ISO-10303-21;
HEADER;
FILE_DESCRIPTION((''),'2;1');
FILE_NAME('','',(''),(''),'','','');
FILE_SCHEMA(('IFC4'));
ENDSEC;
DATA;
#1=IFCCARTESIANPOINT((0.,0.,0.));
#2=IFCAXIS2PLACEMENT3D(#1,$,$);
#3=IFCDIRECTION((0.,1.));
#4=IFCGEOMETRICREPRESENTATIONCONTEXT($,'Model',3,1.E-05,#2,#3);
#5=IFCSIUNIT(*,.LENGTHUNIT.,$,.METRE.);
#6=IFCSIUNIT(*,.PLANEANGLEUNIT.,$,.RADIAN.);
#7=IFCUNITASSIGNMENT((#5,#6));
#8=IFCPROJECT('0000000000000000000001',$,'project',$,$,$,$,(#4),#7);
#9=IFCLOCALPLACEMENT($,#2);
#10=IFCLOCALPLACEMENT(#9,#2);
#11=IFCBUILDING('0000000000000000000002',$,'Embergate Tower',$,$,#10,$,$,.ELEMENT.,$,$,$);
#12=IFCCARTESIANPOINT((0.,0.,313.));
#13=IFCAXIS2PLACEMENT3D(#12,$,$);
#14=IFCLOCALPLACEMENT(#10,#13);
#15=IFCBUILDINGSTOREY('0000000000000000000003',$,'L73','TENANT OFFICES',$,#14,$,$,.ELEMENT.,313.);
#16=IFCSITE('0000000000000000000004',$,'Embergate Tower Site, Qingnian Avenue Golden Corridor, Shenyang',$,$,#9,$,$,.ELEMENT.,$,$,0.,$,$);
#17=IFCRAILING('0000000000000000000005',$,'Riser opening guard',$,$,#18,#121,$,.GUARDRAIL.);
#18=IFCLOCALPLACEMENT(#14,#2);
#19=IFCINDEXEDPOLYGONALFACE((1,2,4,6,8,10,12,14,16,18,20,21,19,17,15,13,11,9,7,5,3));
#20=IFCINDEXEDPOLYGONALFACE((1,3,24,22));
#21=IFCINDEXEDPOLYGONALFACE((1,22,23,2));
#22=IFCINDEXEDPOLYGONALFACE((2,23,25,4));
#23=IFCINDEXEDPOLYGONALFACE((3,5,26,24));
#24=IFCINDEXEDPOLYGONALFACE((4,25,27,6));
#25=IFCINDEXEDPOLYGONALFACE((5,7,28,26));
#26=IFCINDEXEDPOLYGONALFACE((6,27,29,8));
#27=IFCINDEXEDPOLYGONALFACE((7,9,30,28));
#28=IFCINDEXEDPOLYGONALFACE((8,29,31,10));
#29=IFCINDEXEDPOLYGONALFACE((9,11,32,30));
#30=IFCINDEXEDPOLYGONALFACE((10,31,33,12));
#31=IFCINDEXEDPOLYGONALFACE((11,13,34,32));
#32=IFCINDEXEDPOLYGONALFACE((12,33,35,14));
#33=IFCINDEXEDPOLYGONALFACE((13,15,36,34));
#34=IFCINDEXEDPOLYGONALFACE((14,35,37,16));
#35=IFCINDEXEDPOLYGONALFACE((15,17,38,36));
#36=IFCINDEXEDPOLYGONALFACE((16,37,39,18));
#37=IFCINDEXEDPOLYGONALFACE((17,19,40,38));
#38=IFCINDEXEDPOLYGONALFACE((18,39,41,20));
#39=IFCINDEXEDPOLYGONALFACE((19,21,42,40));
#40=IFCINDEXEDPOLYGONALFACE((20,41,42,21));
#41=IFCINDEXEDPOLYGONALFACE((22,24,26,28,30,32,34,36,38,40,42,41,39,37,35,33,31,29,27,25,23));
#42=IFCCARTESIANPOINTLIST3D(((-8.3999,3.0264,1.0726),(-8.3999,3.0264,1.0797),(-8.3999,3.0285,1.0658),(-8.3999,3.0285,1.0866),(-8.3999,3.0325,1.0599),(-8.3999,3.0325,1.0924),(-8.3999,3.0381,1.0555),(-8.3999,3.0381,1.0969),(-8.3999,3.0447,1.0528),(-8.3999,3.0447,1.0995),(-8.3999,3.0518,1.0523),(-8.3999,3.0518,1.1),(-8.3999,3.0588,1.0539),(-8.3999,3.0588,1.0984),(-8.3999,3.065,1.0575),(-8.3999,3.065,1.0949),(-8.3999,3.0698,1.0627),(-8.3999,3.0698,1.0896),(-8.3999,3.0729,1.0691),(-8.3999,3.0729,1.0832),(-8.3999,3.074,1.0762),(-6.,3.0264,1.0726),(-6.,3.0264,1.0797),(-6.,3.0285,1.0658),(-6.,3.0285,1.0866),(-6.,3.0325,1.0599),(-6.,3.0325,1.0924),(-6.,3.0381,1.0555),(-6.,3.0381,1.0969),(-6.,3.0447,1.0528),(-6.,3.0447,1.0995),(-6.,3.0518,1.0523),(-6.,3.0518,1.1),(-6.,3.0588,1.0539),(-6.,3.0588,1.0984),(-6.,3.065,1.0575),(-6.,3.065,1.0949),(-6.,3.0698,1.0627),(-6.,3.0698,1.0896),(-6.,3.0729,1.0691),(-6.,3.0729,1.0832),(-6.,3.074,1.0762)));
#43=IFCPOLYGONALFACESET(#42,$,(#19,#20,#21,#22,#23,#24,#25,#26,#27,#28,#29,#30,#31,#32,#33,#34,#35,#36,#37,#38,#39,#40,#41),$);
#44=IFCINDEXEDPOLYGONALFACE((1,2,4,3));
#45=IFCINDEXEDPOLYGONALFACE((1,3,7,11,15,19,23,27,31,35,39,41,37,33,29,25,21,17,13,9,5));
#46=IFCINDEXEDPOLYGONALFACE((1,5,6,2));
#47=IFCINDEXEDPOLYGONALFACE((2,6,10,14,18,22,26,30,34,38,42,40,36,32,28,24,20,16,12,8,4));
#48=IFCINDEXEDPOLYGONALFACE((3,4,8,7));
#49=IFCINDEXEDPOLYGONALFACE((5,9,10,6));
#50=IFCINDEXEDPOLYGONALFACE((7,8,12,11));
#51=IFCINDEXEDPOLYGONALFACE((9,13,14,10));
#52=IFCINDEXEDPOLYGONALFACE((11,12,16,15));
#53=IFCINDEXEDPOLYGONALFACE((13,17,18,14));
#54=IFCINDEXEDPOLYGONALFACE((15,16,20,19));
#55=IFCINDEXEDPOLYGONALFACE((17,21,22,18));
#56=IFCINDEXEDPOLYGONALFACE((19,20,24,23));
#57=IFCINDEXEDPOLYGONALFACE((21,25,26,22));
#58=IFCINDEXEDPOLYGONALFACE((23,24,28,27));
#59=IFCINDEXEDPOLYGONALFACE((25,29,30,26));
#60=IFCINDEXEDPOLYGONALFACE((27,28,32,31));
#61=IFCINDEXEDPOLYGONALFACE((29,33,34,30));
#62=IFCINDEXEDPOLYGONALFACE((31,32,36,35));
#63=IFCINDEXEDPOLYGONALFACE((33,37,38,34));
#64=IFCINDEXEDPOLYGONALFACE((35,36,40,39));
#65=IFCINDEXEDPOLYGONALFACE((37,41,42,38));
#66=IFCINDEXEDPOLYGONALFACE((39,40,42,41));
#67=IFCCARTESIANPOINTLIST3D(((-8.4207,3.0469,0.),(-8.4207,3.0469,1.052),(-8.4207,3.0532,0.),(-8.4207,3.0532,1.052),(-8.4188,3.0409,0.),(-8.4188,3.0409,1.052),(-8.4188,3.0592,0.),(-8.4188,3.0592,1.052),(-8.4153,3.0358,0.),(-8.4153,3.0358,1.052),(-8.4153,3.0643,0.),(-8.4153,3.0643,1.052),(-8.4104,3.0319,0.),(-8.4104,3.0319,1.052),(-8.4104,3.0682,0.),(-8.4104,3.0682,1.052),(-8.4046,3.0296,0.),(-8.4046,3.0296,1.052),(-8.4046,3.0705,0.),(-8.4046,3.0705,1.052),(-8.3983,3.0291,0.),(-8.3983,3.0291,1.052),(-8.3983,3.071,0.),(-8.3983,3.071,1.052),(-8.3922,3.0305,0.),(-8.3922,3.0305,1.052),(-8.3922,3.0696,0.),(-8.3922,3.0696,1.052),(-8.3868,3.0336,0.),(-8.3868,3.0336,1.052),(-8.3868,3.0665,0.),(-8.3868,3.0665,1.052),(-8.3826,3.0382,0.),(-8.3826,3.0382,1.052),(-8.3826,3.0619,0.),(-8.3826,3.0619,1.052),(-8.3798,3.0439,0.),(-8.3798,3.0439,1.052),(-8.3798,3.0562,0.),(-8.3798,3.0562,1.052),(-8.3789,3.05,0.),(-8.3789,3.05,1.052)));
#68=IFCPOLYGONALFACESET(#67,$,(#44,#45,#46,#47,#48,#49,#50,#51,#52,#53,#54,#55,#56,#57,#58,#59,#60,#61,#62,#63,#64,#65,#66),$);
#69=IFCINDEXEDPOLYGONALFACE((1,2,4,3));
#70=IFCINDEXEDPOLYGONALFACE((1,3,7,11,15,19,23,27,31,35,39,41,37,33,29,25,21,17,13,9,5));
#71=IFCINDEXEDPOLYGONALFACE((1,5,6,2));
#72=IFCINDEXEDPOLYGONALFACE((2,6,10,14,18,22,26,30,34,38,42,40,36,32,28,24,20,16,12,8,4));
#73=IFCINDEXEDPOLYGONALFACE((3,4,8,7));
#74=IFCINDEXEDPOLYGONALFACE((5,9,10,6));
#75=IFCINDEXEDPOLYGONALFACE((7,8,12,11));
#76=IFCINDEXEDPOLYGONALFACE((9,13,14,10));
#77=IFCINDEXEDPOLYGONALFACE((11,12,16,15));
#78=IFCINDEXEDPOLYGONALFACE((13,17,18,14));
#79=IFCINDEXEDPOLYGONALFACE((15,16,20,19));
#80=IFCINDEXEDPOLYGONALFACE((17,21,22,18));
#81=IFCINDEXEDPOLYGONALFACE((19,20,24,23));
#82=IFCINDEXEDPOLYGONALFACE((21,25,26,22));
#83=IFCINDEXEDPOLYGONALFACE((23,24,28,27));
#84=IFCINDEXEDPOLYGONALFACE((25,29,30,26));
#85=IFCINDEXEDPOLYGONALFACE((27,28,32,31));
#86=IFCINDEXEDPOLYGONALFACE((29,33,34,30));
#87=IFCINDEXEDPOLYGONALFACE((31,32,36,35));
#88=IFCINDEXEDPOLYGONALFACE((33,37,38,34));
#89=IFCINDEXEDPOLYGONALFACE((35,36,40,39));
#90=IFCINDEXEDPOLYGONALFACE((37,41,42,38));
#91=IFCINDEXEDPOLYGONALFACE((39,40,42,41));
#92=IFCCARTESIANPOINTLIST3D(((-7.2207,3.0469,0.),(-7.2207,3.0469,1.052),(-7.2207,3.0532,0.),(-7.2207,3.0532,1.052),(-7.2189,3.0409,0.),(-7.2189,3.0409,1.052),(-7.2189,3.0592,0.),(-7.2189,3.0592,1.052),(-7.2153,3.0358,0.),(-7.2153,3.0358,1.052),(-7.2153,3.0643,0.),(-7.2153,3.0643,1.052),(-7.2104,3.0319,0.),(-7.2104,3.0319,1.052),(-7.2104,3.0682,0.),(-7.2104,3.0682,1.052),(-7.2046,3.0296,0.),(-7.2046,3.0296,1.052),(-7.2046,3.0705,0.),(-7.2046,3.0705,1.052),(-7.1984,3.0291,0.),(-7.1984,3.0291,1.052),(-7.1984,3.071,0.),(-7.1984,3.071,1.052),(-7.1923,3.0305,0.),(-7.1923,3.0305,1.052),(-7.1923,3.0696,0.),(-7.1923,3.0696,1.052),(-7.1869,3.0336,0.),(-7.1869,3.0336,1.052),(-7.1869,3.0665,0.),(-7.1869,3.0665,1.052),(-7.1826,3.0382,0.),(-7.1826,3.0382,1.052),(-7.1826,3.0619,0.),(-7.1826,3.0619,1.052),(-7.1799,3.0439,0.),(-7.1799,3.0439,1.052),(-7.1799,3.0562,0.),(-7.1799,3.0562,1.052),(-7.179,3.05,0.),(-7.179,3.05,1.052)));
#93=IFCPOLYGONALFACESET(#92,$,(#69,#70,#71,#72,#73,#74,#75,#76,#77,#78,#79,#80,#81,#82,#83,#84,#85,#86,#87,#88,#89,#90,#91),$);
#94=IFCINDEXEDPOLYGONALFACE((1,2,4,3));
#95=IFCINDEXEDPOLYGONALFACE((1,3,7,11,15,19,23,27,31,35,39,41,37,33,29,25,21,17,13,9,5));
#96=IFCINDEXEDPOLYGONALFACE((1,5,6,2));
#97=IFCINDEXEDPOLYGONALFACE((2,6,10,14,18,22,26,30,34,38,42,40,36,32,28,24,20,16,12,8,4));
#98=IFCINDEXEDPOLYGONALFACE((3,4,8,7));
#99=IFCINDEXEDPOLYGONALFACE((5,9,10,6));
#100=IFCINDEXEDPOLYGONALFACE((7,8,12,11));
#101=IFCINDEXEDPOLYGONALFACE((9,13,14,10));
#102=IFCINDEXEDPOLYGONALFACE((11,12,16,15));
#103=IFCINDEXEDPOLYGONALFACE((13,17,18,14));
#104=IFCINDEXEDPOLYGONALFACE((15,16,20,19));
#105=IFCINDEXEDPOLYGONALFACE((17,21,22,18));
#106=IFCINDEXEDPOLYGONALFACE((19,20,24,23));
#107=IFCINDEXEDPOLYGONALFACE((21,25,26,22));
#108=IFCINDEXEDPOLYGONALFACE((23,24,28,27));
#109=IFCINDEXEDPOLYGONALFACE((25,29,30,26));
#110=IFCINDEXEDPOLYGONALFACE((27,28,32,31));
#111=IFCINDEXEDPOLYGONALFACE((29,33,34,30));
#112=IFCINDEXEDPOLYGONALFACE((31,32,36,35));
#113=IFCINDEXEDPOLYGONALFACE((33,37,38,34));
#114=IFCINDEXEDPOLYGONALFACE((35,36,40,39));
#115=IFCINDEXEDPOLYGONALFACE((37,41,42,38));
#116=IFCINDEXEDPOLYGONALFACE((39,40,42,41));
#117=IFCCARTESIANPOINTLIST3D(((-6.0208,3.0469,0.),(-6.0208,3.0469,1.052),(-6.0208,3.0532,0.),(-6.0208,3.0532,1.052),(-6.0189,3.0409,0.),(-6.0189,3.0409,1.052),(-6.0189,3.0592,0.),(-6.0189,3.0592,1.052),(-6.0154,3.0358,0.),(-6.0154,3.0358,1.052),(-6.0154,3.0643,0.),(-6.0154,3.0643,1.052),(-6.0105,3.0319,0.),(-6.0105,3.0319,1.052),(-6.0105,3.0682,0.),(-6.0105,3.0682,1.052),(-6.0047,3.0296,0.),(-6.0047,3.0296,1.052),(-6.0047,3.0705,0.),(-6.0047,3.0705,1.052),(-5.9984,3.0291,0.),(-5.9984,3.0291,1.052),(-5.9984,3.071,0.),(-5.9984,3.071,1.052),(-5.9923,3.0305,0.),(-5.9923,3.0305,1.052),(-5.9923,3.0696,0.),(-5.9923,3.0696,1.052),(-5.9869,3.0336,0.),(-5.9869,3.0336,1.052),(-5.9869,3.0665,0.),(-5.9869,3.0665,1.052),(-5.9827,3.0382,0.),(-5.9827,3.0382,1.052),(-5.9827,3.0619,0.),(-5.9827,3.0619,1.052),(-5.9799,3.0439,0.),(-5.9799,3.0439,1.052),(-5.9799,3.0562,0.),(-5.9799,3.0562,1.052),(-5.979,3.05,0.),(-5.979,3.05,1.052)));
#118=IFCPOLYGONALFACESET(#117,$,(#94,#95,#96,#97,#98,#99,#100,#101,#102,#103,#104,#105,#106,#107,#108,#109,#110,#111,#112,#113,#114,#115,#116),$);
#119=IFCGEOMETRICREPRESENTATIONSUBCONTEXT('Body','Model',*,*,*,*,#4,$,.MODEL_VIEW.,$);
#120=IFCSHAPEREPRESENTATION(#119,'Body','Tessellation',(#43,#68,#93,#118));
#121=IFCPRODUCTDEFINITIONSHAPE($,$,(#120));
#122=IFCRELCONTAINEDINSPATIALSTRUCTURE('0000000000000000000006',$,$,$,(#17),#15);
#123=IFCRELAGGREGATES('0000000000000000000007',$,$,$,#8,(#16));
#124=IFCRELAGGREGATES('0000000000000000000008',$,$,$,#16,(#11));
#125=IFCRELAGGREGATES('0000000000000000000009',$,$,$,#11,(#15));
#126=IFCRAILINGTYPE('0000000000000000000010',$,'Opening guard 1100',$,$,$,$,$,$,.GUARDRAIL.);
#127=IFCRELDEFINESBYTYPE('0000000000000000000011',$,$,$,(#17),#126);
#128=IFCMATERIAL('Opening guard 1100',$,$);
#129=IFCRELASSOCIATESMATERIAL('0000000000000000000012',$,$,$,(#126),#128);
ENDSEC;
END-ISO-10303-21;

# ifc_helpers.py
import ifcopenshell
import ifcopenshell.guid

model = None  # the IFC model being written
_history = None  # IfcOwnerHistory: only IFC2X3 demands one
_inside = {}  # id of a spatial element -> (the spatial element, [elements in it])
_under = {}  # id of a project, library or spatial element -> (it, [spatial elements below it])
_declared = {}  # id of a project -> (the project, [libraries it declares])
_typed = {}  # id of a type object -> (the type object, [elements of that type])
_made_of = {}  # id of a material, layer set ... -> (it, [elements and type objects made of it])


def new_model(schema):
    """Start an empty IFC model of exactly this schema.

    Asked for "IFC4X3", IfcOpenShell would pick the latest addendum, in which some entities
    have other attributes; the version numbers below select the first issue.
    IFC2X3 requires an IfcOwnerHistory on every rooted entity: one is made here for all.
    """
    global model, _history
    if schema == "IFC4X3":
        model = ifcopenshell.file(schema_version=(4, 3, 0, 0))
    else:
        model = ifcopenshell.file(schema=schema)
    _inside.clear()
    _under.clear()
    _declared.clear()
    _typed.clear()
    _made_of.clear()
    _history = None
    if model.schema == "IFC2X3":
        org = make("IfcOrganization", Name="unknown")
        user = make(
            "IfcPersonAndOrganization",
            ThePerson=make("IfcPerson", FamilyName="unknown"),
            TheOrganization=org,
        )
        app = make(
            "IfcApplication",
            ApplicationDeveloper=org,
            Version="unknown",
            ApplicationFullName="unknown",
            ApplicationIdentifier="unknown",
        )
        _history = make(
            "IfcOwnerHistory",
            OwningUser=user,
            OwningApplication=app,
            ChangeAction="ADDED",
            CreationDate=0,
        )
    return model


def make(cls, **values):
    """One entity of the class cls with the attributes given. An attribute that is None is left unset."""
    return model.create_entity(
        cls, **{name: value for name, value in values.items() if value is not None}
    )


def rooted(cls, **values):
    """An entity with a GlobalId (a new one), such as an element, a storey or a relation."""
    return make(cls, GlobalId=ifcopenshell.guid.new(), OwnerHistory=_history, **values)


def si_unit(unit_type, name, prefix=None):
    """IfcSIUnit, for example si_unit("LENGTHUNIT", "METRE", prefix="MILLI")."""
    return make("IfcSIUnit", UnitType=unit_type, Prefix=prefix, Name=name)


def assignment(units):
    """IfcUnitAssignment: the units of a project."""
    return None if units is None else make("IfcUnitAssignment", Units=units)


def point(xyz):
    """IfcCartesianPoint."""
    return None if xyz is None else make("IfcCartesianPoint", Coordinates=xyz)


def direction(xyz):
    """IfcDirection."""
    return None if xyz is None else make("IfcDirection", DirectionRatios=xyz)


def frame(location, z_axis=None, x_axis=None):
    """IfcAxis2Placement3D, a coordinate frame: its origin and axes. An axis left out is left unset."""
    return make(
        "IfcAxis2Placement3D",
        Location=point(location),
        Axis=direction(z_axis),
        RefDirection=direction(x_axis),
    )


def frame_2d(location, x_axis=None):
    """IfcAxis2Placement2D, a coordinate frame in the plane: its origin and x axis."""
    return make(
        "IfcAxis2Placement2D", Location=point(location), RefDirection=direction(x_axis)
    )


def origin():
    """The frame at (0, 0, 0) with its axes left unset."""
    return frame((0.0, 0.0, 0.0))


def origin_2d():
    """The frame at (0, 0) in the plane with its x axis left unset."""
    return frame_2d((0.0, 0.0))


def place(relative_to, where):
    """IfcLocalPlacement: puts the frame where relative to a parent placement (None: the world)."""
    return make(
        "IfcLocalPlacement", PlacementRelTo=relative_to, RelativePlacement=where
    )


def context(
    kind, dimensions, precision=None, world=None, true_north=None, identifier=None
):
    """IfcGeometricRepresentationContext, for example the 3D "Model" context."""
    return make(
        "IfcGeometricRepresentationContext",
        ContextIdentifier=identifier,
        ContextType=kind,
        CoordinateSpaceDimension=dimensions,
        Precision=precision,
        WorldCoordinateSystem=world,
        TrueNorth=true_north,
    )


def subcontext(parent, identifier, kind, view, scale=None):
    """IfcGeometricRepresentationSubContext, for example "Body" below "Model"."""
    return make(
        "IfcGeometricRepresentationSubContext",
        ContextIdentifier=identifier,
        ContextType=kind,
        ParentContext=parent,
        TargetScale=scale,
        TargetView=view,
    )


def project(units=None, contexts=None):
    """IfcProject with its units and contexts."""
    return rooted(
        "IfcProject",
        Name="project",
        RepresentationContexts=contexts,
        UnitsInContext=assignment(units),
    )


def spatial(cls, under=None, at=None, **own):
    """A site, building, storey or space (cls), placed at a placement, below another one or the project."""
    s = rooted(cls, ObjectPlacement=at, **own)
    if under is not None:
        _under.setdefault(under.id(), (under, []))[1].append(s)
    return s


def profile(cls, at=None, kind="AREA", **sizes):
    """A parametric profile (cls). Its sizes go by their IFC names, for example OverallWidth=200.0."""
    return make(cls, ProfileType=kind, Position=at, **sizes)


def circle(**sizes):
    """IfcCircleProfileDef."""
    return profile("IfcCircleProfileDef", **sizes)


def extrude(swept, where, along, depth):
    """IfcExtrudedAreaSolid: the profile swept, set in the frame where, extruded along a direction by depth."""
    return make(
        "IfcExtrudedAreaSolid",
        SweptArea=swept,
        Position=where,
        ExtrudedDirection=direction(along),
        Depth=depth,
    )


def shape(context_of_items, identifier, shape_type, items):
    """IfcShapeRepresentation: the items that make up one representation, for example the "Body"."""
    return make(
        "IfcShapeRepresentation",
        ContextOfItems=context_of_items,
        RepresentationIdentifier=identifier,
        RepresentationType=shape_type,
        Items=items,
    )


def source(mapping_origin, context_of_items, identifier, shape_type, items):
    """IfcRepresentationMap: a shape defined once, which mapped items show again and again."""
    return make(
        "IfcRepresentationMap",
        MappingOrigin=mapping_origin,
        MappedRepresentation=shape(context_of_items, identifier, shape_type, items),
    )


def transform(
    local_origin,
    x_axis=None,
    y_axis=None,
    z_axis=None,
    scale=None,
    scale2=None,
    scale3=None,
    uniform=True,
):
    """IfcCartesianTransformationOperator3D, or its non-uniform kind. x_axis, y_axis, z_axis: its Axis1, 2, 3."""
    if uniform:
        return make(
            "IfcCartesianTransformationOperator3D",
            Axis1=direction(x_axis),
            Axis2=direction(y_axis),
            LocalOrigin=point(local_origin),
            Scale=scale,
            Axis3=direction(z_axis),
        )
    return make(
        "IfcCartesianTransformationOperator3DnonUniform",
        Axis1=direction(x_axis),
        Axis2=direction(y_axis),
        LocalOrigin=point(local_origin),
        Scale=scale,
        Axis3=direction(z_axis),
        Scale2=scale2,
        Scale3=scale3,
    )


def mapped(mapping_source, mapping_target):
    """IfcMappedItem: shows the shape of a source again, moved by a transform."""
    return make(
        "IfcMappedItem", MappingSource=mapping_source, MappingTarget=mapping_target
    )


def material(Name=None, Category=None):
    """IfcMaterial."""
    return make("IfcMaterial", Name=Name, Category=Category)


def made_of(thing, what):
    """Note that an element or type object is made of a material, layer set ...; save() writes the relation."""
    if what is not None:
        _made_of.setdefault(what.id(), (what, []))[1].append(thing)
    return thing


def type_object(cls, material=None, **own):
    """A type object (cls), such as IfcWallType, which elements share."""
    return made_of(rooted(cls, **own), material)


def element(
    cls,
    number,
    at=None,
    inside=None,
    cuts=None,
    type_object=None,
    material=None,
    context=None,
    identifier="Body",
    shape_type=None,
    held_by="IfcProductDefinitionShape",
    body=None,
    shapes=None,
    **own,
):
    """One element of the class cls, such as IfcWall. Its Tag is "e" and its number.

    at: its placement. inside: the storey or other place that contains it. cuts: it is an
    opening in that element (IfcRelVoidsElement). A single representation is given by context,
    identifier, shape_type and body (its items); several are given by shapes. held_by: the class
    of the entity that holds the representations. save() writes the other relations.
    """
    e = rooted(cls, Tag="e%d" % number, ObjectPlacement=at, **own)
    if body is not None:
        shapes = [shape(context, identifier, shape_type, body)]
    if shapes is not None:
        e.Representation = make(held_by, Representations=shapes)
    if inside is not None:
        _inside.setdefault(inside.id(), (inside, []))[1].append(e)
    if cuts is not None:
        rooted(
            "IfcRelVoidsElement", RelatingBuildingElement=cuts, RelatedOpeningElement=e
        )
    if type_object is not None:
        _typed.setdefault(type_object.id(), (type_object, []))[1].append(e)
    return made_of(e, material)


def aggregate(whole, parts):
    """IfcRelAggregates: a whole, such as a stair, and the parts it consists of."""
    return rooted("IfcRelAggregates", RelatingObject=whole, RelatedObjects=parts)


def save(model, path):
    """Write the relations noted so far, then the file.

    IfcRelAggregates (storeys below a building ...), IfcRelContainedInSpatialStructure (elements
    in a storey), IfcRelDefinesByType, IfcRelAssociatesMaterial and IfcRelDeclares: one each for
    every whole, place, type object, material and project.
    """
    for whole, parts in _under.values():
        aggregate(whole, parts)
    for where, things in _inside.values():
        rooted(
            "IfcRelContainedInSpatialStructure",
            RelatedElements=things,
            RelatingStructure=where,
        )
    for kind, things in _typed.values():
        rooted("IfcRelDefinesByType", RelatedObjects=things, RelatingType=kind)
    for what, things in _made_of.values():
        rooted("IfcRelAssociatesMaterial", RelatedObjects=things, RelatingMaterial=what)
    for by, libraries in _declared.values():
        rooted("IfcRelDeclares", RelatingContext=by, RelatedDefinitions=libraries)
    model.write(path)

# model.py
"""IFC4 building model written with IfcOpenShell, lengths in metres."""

from ifc_helpers import new_model, si_unit, direction, frame, origin, origin_2d, place, context, subcontext, project, spatial, circle, extrude, source, transform, mapped, material, type_object, element, save


model = new_model("IFC4")

# Units and contexts
model_context = context("Model", 3, precision=1e-05, world=origin(), true_north=direction((0.0, 1.0)))
body_context = subcontext(model_context, "Body", "Model", "MODEL_VIEW")
ifc_project = project(units=[si_unit("LENGTHUNIT", "METRE"), si_unit("PLANEANGLEUNIT", "RADIAN")], contexts=[model_context])

# Site, building, storey
site_placement = place(None, origin())
site = spatial("IfcSite", under=ifc_project, at=site_placement, Name="Embergate Tower Site, Qingnian Avenue Golden Corridor, Shenyang", CompositionType="ELEMENT", RefElevation=0.0)
building_placement = place(site_placement, origin())
building = spatial("IfcBuilding", under=site, at=building_placement, Name="Embergate Tower", CompositionType="ELEMENT")
storey_placement = place(building_placement, frame((0.0, 0.0, 313.0)))
storey = spatial("IfcBuildingStorey", under=building, at=storey_placement, Name="L73", Description="TENANT OFFICES", CompositionType="ELEMENT", Elevation=313.0)

# Railing
ifc_material_1 = material(Name="Opening guard 1100")
railing_type = type_object("IfcRailingType", Name="Opening guard 1100", PredefinedType="GUARDRAIL", material=ifc_material_1)
shared_shape_1 = source(origin(), body_context, "Body", "SweptSolid", [
    extrude(circle(Radius=0.0239, at=origin_2d()), frame((0.0, 0.0, 1.0762), z_axis=(1.0, 0.0, 0.0), x_axis=(0.0, 1.0, 0.0)), (0.0, 0.0, 1.0), 2.3999),
    extrude(circle(Radius=0.021, at=origin_2d()), origin(), (0.0, 0.0, 1.0), 1.052),
    extrude(circle(Radius=0.021, at=origin_2d()), frame((1.2, 0.0, 0.0)), (0.0, 0.0, 1.0), 1.052),
    extrude(circle(Radius=0.021, at=origin_2d()), frame((2.3999, 0.0, 0.0)), (0.0, 0.0, 1.0), 1.052),
])
railing_1_placement = place(storey_placement, frame((-8.3999, 3.05, 0.0)))
element("IfcRailing", 1, at=railing_1_placement, inside=storey, type_object=railing_type, Name="Riser opening guard", PredefinedType="GUARDRAIL", context=body_context, shape_type="MappedRepresentation", body=[
    mapped(shared_shape_1, transform((0.0, 0.0, 0.0))),
])

save(model, "model.ifc")
